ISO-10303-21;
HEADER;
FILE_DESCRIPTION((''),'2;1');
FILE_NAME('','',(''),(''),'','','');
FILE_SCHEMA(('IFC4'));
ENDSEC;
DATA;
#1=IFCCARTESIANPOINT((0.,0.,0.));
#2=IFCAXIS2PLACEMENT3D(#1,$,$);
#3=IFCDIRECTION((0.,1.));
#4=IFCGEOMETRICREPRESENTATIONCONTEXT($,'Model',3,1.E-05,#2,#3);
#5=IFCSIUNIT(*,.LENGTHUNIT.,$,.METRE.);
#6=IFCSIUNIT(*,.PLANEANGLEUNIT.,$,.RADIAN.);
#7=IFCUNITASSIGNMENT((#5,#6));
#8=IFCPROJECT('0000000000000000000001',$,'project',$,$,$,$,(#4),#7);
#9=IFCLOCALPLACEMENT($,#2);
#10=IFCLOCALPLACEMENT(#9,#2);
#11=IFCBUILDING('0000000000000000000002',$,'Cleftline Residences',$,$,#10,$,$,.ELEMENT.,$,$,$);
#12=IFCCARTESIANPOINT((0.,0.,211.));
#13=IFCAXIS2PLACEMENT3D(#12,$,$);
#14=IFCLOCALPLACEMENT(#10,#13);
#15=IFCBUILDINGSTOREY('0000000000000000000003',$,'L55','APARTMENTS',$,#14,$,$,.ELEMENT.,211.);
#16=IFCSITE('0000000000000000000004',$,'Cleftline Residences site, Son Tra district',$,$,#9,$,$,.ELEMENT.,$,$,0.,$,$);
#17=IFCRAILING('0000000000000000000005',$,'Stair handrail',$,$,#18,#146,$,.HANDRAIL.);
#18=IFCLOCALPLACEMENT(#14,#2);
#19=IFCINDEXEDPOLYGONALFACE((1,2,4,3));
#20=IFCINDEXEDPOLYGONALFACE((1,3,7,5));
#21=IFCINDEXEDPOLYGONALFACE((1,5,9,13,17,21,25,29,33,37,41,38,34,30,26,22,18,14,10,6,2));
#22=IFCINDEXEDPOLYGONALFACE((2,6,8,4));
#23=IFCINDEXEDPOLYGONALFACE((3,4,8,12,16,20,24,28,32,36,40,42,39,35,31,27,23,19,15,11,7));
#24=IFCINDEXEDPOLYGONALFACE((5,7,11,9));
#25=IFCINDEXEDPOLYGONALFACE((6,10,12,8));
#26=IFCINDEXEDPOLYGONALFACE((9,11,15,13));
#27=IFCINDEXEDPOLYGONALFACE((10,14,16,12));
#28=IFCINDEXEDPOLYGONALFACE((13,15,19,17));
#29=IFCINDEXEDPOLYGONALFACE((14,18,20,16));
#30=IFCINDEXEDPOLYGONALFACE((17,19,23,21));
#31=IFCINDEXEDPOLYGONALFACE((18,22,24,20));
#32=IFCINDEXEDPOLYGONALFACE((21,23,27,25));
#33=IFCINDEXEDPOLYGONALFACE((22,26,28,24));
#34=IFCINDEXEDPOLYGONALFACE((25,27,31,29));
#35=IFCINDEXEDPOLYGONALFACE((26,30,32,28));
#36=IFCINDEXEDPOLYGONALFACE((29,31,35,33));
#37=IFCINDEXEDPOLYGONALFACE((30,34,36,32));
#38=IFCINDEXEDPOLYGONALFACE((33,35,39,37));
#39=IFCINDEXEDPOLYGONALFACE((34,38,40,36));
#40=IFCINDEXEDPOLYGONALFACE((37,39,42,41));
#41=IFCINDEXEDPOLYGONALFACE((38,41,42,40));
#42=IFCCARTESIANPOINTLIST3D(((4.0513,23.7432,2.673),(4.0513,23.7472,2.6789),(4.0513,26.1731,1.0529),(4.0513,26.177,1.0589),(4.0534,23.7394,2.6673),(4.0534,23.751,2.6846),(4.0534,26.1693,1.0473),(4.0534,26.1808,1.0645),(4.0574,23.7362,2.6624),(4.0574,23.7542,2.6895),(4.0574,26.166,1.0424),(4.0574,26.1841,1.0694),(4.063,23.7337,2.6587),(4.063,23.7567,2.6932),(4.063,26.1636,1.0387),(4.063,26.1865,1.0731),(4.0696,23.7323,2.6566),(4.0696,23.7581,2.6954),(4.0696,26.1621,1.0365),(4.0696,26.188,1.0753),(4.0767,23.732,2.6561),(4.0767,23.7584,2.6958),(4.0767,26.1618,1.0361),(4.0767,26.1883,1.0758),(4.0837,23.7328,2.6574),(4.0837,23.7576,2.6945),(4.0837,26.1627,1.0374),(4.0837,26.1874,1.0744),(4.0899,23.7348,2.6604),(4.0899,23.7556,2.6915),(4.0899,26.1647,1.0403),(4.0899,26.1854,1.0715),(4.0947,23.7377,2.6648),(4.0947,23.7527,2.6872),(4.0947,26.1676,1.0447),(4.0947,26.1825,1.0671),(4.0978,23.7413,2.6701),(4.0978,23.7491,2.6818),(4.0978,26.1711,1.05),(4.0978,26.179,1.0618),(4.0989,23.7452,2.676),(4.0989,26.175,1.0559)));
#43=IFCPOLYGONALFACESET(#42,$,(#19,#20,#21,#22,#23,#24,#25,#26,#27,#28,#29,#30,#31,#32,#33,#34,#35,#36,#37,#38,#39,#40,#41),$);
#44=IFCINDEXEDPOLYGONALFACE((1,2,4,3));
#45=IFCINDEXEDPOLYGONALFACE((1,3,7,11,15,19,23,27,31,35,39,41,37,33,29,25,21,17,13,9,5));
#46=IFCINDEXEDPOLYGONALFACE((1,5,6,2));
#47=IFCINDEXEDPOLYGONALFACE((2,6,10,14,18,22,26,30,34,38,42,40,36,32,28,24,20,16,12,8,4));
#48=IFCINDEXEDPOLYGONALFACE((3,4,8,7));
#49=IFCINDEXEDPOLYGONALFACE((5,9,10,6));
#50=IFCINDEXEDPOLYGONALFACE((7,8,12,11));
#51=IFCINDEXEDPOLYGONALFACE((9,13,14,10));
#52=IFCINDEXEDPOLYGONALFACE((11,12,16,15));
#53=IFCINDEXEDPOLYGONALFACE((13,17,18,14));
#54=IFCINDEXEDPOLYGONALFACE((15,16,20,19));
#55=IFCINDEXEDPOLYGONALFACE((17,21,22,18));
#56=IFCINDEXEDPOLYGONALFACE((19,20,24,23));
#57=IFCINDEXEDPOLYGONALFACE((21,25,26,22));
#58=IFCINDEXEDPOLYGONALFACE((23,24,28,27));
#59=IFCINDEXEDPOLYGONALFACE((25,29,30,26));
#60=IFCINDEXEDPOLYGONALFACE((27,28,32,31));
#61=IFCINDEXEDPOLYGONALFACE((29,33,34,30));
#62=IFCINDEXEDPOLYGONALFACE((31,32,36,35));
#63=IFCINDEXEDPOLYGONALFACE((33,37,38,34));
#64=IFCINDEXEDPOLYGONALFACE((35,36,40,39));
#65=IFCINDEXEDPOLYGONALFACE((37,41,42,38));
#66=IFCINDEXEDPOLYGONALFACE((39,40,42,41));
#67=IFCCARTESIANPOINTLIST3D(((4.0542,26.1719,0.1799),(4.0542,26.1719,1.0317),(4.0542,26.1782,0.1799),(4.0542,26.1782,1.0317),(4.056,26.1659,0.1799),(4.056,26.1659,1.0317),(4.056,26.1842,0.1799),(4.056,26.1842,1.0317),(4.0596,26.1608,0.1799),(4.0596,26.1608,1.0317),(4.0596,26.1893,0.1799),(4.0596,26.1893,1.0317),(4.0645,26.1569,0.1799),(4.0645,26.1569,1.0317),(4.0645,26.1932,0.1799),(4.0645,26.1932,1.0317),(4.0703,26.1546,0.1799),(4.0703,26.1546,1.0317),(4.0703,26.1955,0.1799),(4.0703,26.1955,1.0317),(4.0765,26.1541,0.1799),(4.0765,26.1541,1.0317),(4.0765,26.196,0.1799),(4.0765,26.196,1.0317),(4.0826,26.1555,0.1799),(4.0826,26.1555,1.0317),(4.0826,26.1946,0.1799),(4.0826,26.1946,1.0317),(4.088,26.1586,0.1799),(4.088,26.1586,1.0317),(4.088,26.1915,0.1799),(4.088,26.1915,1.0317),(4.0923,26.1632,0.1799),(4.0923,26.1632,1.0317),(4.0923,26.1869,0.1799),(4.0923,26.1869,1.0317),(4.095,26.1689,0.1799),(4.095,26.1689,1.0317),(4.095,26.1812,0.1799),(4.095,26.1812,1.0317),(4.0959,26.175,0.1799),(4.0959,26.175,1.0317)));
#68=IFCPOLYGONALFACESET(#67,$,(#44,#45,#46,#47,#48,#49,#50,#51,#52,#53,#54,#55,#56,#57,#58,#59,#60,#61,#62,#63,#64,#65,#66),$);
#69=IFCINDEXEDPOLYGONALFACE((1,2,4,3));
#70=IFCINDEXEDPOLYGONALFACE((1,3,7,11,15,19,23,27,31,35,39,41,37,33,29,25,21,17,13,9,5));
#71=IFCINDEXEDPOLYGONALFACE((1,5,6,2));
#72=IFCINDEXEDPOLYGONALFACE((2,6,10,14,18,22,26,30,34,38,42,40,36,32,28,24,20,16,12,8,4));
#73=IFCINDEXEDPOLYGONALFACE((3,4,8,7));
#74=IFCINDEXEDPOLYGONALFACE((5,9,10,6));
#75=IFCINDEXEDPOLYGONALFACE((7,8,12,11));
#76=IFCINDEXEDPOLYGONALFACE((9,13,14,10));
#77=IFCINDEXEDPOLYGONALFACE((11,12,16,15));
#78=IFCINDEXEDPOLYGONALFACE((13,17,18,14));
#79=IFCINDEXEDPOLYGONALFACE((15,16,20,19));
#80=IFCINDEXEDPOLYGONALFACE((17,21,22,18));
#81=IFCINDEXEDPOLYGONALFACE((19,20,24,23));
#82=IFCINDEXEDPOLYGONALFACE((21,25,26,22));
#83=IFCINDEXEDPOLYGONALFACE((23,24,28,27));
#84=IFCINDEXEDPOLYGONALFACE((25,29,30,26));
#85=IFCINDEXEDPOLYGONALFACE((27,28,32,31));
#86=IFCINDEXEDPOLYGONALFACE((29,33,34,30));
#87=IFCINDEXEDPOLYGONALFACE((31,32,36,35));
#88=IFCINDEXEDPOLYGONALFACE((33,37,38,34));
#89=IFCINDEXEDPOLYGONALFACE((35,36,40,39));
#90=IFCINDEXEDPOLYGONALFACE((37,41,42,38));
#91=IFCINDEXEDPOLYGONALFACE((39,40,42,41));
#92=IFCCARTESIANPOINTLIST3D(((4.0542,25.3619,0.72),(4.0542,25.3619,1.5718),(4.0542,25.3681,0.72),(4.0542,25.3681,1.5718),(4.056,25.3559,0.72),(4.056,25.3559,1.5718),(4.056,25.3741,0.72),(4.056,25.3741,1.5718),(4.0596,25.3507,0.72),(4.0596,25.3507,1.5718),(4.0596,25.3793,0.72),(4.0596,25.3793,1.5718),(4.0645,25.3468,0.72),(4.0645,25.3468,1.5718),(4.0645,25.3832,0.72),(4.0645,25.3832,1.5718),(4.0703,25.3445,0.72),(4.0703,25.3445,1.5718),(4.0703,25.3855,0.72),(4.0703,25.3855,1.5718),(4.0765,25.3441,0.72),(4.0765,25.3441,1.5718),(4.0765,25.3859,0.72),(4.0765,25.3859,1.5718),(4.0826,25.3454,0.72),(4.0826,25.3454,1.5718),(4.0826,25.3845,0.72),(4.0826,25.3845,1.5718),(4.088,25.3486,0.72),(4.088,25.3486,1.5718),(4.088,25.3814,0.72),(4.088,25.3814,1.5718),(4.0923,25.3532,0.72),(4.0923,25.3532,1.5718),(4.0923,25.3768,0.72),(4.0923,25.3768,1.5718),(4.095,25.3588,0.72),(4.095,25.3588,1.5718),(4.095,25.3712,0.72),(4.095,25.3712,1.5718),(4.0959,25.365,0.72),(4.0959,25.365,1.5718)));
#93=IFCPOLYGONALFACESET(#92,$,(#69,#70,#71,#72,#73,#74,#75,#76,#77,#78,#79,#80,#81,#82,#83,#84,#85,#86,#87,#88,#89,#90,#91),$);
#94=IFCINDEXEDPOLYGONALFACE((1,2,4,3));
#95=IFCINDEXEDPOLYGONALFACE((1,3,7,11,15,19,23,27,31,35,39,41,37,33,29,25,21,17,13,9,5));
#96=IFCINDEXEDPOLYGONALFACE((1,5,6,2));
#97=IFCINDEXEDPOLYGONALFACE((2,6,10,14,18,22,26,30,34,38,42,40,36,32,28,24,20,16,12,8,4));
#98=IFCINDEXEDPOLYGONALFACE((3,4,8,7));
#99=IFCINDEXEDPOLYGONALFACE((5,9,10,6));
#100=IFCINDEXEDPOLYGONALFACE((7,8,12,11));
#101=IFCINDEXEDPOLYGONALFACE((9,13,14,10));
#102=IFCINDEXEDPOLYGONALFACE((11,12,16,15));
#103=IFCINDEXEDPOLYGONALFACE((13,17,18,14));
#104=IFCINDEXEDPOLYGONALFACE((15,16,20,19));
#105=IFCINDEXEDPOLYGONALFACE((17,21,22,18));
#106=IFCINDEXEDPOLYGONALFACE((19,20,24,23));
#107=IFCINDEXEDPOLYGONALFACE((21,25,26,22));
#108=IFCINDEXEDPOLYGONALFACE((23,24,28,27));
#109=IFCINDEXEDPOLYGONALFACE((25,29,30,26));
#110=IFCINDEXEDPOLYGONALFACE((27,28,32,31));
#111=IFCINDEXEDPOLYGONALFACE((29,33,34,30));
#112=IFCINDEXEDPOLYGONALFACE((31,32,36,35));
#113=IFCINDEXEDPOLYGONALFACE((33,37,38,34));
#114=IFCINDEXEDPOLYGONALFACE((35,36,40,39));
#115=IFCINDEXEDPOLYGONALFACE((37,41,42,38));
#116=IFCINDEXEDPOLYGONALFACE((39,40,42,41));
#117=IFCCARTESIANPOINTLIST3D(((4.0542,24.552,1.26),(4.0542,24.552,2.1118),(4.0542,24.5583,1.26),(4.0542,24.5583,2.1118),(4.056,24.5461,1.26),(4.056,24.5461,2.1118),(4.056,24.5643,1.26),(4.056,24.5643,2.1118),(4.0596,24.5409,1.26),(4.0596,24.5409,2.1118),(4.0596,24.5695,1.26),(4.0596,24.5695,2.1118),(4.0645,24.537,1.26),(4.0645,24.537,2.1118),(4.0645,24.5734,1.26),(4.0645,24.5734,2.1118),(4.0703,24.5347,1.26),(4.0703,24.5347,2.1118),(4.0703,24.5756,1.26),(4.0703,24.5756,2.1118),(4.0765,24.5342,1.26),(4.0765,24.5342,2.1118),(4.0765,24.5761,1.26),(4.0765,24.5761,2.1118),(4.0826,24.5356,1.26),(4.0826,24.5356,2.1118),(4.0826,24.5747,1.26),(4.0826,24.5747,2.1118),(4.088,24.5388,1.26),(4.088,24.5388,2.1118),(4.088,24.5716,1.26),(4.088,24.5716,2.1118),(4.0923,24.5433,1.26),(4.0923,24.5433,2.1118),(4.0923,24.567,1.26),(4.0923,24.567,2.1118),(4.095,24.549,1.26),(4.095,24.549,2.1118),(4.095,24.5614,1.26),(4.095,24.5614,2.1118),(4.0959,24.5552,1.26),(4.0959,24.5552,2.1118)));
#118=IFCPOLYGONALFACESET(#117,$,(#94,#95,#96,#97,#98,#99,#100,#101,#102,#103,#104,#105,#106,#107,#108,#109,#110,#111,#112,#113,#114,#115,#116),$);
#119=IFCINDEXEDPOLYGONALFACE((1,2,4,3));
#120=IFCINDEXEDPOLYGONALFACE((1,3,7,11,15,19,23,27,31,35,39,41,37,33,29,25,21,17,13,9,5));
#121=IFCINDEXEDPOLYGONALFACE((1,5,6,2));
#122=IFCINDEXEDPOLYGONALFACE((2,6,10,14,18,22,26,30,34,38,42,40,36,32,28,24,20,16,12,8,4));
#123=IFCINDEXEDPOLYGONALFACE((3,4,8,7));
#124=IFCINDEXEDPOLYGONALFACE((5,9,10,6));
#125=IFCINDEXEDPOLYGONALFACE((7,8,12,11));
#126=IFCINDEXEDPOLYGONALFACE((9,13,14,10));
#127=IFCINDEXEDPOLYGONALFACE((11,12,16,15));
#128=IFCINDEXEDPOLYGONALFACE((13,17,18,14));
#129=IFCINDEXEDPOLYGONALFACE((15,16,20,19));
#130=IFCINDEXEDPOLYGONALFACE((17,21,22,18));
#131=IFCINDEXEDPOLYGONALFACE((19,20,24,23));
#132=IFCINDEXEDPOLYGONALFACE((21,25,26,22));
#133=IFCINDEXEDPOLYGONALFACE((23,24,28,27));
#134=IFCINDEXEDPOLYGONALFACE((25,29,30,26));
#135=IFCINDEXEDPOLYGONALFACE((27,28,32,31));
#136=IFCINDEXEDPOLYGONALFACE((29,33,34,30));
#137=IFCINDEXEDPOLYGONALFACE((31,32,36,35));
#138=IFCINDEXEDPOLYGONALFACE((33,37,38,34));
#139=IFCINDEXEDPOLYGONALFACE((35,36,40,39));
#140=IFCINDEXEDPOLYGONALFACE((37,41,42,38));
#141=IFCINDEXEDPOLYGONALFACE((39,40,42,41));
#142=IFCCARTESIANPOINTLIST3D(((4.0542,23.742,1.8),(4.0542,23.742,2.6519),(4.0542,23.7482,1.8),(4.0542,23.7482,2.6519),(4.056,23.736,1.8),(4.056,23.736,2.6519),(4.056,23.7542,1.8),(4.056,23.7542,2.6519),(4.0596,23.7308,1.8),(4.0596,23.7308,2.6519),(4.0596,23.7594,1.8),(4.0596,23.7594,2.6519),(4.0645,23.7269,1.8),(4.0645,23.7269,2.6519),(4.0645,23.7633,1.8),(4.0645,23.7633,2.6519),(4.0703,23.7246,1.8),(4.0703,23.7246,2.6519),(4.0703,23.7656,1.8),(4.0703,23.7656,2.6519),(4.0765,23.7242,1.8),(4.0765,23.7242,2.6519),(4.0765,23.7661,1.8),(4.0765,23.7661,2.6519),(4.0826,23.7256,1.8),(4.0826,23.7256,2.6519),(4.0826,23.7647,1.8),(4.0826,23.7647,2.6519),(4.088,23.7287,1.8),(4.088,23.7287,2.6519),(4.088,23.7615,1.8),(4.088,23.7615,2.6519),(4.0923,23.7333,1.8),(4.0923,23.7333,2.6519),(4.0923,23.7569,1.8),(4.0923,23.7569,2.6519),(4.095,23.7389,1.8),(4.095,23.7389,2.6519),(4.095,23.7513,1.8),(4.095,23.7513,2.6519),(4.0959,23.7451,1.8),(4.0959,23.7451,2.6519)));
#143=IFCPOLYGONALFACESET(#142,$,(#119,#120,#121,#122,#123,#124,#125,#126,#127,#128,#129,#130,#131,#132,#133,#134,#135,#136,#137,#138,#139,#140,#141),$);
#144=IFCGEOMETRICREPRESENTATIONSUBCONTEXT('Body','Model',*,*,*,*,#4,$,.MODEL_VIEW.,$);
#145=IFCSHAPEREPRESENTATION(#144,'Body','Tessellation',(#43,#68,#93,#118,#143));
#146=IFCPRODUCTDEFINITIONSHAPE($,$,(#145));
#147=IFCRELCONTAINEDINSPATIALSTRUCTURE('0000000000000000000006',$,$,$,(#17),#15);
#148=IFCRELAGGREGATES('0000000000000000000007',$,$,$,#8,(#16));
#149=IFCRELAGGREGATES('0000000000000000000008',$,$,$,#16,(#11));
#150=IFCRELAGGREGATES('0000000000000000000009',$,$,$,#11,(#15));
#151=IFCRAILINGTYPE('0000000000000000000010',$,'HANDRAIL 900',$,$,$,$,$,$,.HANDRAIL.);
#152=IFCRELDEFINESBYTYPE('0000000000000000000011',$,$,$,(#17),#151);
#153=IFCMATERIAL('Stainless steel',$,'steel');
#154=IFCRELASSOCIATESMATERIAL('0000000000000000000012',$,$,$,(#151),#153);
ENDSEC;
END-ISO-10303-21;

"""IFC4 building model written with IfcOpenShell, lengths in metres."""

from ifc_helpers import new_model, si_unit, direction, frame, origin, origin_2d, place, context, subcontext, project, spatial, circle, extrude, material, type_object, element, save


model = new_model("IFC4")

# Units and contexts
model_context = context("Model", 3, precision=1e-05, world=origin(), true_north=direction((0.0, 1.0)))
body_context = subcontext(model_context, "Body", "Model", "MODEL_VIEW")
ifc_project = project(units=[si_unit("LENGTHUNIT", "METRE"), si_unit("PLANEANGLEUNIT", "RADIAN")], contexts=[model_context])

# Site, building, storey
site_placement = place(None, origin())
site = spatial("IfcSite", under=ifc_project, at=site_placement, Name="Cleftline Residences site, Son Tra district", CompositionType="ELEMENT", RefElevation=0.0)
building_placement = place(site_placement, origin())
building = spatial("IfcBuilding", under=site, at=building_placement, Name="Cleftline Residences", CompositionType="ELEMENT")
storey_placement = place(building_placement, frame((0.0, 0.0, 211.0)))
storey = spatial("IfcBuildingStorey", under=building, at=storey_placement, Name="L55", Description="APARTMENTS", CompositionType="ELEMENT", Elevation=211.0)

# Railing
ifc_material_1 = material(Name="Stainless steel", Category="steel")
railing_type = type_object("IfcRailingType", Name="HANDRAIL 900", PredefinedType="HANDRAIL", material=ifc_material_1)
railing_1_placement = place(storey_placement, frame((4.075, 26.175, 0.1799)))
element("IfcRailing", 1, at=railing_1_placement, inside=storey, type_object=railing_type, Name="Stair handrail", PredefinedType="HANDRAIL", context=body_context, shape_type="SweptSolid", body=[
    extrude(circle(Radius=0.0239, at=origin_2d()), frame((0.0, 0.0, 0.876), z_axis=(0.0, -0.832025, 0.554739), x_axis=(1.0, 0.0, 0.0)), (0.0, 0.0, 1.0), 2.9204),
    extrude(circle(Radius=0.021, at=origin_2d()), origin(), (0.0, 0.0, 1.0), 0.8518),
    extrude(circle(Radius=0.021, at=origin_2d()), frame((0.0, -0.8101, 0.54)), (0.0, 0.0, 1.0), 0.8518),
    extrude(circle(Radius=0.021, at=origin_2d()), frame((0.0, -1.6199, 1.0801)), (0.0, 0.0, 1.0), 0.8518),
    extrude(circle(Radius=0.021, at=origin_2d()), frame((0.0, -2.4299, 1.6201)), (0.0, 0.0, 1.0), 0.8518),
])

save(model, "model.ifc")
